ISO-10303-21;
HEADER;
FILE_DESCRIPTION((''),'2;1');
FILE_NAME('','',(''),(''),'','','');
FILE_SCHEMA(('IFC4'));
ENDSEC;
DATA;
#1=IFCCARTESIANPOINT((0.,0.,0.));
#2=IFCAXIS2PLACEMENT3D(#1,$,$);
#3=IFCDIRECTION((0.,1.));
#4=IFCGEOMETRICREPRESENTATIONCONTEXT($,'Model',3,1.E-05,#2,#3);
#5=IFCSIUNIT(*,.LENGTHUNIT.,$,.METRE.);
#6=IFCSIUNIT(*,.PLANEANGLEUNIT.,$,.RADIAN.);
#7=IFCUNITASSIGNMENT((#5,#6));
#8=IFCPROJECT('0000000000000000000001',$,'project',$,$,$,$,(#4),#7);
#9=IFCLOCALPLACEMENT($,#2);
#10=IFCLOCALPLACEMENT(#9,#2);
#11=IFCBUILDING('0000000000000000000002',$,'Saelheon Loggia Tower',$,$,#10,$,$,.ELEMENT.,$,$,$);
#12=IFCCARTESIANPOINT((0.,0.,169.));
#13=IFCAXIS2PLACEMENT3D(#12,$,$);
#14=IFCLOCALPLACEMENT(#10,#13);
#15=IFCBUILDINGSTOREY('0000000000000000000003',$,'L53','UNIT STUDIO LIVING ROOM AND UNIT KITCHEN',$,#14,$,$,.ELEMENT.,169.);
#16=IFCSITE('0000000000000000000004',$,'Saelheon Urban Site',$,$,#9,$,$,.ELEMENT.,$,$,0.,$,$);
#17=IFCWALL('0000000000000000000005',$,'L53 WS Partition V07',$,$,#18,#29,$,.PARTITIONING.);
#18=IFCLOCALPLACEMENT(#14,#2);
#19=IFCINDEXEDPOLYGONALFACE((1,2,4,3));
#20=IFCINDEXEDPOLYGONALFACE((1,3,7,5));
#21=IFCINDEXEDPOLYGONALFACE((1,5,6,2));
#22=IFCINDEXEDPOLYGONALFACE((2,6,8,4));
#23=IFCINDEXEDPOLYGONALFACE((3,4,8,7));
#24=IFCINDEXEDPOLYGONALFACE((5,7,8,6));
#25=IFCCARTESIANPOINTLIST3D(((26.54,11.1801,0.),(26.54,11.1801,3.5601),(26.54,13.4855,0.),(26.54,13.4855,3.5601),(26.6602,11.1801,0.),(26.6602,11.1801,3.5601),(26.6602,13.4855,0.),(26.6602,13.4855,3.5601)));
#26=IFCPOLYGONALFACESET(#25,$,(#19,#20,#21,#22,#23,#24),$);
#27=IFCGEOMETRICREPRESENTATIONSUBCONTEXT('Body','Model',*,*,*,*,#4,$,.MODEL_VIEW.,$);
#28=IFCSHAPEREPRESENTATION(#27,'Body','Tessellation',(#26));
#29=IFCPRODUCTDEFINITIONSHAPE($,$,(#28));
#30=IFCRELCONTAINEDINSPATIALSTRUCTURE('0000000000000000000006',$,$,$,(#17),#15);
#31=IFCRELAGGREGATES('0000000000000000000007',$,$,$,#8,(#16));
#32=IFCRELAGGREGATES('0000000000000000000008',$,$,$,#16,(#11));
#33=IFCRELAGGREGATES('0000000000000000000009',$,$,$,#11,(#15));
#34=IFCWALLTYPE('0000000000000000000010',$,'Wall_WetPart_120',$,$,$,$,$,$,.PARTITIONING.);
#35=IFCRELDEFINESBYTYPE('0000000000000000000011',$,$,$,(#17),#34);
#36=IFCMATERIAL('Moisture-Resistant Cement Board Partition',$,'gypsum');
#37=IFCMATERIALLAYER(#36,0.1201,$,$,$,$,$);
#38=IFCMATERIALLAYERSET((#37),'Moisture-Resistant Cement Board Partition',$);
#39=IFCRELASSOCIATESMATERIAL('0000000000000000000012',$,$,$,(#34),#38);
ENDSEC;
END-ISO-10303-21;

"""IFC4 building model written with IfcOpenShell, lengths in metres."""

from ifc_helpers import new_model, si_unit, direction, frame, frame_2d, origin, place, context, subcontext, project, spatial, rectangle, extrude, material, layer, layer_set, type_object, element, save


model = new_model("IFC4")

# Units and contexts
model_context = context("Model", 3, precision=1e-05, world=origin(), true_north=direction((0.0, 1.0)))
body_context = subcontext(model_context, "Body", "Model", "MODEL_VIEW")
ifc_project = project(units=[si_unit("LENGTHUNIT", "METRE"), si_unit("PLANEANGLEUNIT", "RADIAN")], contexts=[model_context])

# Site, building, storey
site_placement = place(None, origin())
site = spatial("IfcSite", under=ifc_project, at=site_placement, Name="Saelheon Urban Site", CompositionType="ELEMENT", RefElevation=0.0)
building_placement = place(site_placement, origin())
building = spatial("IfcBuilding", under=site, at=building_placement, Name="Saelheon Loggia Tower", CompositionType="ELEMENT")
storey_placement = place(building_placement, frame((0.0, 0.0, 169.0)))
storey = spatial("IfcBuildingStorey", under=building, at=storey_placement, Name="L53", Description="UNIT STUDIO LIVING ROOM AND UNIT KITCHEN", CompositionType="ELEMENT", Elevation=169.0)

# Wall
ifc_material_1 = material(Name="Moisture-Resistant Cement Board Partition", Category="gypsum")
ifc_layer_1 = layer(ifc_material_1, 0.1201)
ifc_layer_set_1 = layer_set([ifc_layer_1], Name="Moisture-Resistant Cement Board Partition")
wall_type_1 = type_object("IfcWallType", Name="Wall_WetPart_120", PredefinedType="PARTITIONING", material=ifc_layer_set_1)
wall_1_placement = place(storey_placement, frame((26.6001, 11.1799, 0.0), z_axis=(0.0, 0.0, 1.0), x_axis=(0.0, 1.0, 0.0)))
element("IfcWall", 1, at=wall_1_placement, inside=storey, type_object=wall_type_1, Name="L53 WS Partition V07", PredefinedType="PARTITIONING", context=body_context, shape_type="SweptSolid", body=[
    extrude(rectangle(XDim=2.3054, YDim=0.1201, at=frame_2d((1.1528, 0.0))), origin(), (0.0, 0.0, 1.0), 3.5601),
])

save(model, "model.ifc")
